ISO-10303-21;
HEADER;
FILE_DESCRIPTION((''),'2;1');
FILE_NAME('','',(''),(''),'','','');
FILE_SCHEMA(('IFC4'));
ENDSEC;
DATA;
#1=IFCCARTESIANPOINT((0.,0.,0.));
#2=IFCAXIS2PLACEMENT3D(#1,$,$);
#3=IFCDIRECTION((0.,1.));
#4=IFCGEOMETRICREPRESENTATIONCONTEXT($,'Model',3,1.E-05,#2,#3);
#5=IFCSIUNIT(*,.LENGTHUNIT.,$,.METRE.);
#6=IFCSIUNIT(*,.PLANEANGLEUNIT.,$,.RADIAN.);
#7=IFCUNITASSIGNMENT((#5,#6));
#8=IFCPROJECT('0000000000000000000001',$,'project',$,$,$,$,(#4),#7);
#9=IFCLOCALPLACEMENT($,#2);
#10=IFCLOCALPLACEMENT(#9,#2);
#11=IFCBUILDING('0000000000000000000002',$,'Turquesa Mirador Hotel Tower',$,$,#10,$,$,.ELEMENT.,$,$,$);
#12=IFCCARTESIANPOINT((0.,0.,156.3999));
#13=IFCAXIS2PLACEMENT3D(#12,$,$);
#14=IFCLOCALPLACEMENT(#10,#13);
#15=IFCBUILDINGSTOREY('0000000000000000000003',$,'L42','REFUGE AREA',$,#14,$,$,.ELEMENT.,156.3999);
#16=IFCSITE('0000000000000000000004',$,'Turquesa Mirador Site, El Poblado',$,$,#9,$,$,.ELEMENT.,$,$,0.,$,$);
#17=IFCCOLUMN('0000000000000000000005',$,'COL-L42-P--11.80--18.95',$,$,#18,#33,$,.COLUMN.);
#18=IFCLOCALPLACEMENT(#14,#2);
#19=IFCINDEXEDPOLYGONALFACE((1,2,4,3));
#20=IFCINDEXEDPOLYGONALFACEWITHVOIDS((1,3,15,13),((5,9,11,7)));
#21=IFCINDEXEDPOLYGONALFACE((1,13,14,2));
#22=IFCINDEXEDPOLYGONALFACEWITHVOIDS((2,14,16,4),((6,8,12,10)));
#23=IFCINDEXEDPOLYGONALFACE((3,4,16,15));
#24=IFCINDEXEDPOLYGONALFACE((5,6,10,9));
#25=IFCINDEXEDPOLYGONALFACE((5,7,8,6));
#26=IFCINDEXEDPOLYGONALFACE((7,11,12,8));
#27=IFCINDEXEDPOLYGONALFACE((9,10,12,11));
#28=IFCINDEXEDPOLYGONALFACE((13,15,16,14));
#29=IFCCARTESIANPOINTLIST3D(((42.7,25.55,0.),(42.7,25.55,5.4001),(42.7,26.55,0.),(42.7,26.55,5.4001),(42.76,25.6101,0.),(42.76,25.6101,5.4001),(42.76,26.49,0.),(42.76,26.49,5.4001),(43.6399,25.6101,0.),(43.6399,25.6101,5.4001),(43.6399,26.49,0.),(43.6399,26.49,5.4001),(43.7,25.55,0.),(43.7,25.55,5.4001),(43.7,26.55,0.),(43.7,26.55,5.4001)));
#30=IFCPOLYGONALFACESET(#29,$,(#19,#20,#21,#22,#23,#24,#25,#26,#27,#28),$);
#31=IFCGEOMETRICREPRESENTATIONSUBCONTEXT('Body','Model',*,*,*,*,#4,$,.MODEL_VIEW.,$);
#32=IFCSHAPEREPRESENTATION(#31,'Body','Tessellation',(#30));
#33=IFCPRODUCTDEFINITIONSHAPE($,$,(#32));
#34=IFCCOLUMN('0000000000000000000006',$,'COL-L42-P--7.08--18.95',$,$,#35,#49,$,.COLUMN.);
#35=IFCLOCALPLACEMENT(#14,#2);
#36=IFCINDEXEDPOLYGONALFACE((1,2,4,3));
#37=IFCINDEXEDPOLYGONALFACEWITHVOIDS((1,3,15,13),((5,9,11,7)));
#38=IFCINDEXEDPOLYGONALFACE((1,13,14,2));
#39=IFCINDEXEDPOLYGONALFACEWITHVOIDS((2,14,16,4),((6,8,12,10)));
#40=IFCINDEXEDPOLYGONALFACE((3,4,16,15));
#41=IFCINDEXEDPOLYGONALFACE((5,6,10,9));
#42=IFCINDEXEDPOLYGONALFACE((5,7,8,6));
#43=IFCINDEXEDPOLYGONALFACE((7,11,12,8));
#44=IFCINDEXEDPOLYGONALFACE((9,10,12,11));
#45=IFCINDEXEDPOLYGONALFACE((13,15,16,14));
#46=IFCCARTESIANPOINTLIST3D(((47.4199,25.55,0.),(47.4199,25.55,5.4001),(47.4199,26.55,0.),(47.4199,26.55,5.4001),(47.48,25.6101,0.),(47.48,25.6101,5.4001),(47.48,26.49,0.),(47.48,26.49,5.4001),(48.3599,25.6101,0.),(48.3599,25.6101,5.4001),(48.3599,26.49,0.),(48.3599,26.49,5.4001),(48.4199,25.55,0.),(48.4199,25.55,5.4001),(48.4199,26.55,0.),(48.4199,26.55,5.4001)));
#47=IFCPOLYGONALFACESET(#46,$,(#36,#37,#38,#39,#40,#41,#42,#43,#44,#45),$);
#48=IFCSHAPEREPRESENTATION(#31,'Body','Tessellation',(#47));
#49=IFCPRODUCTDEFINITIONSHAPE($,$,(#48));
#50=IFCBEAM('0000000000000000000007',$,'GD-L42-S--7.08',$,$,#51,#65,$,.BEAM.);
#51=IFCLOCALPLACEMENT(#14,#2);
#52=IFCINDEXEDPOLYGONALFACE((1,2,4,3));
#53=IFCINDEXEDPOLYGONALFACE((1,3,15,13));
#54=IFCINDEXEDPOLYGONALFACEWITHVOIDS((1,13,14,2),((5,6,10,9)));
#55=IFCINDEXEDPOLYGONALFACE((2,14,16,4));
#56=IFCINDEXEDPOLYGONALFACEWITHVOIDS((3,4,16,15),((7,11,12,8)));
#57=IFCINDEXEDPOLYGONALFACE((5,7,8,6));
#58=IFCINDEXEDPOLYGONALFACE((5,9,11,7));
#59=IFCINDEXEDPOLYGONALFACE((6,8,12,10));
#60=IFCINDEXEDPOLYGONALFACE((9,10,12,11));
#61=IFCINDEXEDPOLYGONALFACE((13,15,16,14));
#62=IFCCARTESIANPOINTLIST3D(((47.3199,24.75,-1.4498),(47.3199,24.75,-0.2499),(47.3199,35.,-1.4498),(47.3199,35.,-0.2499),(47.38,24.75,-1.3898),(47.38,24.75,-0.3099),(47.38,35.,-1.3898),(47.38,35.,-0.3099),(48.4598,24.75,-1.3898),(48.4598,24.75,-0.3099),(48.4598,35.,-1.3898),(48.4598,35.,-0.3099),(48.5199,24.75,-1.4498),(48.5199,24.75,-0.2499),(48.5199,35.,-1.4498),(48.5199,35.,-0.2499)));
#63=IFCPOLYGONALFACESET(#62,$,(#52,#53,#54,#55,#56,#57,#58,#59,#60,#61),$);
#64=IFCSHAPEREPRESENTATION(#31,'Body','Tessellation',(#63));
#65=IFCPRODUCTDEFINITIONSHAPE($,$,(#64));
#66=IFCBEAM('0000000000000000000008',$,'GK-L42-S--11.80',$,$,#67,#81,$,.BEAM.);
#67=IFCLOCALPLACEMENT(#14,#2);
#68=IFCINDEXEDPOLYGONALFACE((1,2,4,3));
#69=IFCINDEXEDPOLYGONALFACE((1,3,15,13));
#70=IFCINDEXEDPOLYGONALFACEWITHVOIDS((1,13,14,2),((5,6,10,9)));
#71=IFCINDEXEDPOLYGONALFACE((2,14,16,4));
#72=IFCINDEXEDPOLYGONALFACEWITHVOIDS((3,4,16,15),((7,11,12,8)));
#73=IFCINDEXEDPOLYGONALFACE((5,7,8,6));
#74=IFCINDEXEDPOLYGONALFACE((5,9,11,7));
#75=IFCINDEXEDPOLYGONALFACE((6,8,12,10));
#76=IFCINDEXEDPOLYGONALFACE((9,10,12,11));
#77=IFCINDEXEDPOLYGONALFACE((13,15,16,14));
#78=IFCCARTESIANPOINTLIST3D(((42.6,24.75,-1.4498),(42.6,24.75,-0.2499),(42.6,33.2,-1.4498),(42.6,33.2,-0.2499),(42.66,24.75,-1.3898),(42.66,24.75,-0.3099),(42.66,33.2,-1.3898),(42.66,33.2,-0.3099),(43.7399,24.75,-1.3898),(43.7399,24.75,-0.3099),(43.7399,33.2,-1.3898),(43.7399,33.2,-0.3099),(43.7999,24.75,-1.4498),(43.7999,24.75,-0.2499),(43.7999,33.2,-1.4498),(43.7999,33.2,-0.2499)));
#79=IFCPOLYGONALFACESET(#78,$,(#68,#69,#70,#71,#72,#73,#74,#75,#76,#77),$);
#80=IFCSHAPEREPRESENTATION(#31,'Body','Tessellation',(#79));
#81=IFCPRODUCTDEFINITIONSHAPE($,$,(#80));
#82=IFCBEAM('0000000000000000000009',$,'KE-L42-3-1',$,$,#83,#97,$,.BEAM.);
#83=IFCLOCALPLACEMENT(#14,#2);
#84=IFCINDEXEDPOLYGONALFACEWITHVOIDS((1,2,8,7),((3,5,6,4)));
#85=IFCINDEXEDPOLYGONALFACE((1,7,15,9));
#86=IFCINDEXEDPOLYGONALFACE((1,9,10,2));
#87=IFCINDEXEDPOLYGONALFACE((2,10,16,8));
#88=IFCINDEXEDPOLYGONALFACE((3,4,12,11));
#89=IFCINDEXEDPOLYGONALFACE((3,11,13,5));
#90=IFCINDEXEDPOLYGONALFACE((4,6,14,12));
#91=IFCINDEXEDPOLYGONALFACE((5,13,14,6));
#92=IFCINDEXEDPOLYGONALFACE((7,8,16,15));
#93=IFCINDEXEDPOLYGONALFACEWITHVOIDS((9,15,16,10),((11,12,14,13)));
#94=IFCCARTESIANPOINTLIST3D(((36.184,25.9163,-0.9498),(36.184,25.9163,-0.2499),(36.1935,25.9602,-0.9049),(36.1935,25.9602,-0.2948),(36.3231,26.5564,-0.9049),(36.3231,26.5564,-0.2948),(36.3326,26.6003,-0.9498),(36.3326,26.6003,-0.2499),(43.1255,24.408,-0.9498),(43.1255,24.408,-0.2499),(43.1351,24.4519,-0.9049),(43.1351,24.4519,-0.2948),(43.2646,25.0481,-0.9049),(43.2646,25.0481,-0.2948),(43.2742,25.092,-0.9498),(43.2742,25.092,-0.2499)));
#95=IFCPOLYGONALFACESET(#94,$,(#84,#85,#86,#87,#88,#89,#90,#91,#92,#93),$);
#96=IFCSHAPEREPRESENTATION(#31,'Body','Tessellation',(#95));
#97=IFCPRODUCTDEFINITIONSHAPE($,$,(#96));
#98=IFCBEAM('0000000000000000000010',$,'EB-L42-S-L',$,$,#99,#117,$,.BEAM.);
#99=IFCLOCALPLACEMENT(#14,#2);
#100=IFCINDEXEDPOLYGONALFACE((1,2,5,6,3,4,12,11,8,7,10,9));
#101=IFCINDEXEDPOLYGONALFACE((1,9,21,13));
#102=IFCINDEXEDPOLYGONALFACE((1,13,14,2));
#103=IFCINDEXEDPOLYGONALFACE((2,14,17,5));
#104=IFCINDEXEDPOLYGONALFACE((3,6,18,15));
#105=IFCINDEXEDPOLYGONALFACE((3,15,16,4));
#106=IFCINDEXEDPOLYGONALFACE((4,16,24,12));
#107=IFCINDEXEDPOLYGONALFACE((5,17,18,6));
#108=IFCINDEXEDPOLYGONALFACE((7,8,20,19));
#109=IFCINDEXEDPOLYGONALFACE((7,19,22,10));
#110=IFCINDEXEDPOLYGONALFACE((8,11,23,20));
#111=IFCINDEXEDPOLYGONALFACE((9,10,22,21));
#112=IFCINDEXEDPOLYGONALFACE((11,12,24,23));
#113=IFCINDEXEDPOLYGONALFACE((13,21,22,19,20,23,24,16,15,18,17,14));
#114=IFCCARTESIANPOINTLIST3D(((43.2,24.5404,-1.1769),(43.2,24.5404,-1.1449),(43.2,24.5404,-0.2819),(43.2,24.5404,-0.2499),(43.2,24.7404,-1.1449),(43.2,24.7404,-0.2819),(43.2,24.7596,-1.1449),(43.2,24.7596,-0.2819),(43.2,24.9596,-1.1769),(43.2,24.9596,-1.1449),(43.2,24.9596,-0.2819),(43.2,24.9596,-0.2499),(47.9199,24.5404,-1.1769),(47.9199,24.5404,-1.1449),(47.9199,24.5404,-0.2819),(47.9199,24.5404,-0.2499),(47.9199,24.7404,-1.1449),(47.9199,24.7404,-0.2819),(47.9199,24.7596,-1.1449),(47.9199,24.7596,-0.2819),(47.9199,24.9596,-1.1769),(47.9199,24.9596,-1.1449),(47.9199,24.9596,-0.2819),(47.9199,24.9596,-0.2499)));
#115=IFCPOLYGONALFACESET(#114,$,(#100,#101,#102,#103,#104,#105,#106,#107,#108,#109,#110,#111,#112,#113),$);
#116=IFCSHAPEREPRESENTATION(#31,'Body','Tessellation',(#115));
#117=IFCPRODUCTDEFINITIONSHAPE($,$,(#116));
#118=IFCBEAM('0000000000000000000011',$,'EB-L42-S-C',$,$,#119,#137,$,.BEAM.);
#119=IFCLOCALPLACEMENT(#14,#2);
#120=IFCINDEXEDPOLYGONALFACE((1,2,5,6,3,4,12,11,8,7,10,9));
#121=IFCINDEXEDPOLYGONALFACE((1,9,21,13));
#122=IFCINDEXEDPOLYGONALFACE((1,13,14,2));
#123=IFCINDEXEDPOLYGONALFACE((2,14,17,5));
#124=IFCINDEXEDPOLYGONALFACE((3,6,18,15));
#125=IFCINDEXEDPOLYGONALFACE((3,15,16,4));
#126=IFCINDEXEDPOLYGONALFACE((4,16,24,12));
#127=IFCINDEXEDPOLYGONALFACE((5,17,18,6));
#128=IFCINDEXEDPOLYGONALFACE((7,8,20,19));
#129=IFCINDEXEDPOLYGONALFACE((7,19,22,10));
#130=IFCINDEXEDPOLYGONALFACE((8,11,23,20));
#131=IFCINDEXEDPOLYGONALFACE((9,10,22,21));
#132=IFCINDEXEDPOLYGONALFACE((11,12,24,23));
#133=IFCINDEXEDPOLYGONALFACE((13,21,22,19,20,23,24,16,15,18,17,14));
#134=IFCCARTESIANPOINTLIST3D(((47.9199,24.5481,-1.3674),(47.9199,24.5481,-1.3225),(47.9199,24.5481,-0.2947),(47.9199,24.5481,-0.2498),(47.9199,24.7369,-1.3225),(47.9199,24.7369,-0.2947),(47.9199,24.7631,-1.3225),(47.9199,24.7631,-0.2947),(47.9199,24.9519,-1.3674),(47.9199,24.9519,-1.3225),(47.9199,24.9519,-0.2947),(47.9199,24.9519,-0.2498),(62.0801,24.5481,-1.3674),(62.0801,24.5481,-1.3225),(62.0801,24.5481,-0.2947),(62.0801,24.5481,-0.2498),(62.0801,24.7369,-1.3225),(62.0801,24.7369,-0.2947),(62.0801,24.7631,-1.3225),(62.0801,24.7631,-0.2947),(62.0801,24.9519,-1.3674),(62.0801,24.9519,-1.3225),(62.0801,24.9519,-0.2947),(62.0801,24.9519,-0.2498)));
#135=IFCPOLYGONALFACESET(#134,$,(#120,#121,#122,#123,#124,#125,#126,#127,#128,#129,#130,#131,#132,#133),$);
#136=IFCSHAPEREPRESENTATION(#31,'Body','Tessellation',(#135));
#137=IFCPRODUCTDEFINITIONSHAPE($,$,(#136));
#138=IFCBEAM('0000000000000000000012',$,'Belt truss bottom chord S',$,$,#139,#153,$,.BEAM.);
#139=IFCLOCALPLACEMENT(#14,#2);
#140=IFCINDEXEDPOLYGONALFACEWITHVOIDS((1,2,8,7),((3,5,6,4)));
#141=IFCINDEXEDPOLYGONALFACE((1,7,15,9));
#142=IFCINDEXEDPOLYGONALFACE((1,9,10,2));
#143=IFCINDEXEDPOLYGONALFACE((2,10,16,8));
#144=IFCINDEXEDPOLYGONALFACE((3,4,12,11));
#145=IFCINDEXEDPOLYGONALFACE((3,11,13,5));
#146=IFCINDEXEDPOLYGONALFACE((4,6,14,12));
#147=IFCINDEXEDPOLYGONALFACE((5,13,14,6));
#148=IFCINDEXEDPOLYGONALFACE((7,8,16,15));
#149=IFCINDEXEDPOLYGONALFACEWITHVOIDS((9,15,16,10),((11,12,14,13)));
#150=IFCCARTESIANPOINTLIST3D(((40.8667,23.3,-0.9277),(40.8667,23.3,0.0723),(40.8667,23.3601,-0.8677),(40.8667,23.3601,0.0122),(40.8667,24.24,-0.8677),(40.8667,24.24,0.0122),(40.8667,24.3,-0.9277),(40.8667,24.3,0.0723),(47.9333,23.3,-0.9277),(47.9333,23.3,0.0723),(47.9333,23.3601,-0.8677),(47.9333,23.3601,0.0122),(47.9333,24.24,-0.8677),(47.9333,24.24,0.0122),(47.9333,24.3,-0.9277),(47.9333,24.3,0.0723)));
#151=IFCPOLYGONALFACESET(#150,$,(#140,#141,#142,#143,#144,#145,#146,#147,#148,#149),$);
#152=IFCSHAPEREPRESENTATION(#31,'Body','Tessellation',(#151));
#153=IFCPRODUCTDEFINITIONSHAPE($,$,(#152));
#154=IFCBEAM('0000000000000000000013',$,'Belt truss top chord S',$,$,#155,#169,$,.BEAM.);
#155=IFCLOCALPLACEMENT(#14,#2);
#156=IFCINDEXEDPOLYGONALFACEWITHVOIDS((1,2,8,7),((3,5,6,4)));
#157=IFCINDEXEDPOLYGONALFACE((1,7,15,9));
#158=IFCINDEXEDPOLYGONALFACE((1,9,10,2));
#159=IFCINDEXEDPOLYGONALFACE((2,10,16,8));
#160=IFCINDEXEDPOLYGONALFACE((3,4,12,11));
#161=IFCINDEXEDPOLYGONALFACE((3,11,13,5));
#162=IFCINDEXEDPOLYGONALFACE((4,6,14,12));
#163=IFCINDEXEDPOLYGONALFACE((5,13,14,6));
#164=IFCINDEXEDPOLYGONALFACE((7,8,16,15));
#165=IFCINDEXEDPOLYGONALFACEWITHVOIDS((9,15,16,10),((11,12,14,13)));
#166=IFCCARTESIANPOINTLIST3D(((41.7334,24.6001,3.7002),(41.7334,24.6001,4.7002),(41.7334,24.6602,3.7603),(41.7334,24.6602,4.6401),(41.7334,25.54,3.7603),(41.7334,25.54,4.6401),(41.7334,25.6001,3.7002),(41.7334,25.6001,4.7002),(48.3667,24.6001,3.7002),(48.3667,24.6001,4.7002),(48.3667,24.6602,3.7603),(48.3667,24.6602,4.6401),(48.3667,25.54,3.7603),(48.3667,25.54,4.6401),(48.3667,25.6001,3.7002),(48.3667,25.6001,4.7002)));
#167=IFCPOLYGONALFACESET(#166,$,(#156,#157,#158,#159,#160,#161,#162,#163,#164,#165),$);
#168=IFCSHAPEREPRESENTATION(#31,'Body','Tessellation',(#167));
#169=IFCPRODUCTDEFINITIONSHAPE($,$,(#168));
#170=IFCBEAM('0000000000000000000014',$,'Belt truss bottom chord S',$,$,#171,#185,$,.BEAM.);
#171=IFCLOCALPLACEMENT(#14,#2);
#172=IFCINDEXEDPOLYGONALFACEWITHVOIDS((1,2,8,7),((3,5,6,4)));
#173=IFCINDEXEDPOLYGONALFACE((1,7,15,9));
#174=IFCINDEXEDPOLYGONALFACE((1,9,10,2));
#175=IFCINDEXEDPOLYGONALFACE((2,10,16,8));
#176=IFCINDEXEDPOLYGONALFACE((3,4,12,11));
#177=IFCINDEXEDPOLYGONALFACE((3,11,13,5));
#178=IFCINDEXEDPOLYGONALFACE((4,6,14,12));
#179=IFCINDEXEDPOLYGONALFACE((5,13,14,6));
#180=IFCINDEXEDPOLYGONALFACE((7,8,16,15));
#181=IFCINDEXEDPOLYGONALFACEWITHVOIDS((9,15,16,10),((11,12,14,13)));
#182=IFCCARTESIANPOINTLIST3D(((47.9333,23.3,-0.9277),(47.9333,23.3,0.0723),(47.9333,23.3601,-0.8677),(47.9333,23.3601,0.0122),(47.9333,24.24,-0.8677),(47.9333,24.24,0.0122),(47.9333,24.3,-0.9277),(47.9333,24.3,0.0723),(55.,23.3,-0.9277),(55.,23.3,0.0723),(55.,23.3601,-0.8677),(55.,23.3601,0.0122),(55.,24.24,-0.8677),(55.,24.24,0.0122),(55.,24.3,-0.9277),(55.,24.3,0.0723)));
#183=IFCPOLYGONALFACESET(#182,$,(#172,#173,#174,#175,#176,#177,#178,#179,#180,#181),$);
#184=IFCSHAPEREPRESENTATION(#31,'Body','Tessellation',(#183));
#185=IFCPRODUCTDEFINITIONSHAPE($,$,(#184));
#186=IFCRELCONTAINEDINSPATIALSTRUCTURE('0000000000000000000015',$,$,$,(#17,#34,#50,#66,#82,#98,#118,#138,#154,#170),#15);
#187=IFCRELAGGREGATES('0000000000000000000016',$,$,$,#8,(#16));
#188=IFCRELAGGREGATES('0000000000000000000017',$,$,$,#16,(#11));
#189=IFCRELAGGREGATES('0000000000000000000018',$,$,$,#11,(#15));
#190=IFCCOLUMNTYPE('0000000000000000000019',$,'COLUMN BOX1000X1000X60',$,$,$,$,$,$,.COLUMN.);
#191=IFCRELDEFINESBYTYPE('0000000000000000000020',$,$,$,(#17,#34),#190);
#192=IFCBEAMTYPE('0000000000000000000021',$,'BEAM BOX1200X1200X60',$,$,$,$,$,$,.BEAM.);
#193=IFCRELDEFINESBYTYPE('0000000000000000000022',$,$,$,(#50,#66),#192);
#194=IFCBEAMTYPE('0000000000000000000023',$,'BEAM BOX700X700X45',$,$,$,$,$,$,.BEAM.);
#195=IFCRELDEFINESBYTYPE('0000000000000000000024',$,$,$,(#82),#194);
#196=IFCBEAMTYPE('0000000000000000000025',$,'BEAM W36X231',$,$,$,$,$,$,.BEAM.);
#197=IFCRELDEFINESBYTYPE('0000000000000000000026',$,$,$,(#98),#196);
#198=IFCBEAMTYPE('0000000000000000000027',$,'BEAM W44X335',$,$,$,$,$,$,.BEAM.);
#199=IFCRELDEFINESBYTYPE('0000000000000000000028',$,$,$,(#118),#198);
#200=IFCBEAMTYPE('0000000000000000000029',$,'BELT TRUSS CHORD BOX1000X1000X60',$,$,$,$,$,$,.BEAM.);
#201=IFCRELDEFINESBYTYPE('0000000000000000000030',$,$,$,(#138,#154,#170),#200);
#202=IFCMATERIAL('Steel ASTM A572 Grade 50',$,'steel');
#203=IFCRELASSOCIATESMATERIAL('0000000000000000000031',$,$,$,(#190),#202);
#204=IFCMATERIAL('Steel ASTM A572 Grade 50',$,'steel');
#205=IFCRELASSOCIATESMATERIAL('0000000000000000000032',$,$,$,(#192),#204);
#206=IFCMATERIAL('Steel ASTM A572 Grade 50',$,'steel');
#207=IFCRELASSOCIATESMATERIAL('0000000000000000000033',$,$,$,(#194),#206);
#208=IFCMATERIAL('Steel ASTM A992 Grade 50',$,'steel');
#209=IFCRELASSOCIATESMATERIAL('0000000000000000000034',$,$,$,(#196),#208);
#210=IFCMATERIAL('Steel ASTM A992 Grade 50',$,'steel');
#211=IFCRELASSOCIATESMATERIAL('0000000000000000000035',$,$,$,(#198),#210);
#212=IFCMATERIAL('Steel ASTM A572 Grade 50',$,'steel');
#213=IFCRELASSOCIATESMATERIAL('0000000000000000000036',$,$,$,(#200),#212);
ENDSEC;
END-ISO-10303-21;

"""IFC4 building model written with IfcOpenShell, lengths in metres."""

from ifc_helpers import new_model, si_unit, direction, frame, origin, origin_2d, place, context, subcontext, project, spatial, hollow_rectangle, i_section, extrude, material, material_profile, profile_set, type_object, element, save


model = new_model("IFC4")

# Units and contexts
model_context = context("Model", 3, precision=1e-05, world=origin(), true_north=direction((0.0, 1.0)))
body_context = subcontext(model_context, "Body", "Model", "MODEL_VIEW")
ifc_project = project(units=[si_unit("LENGTHUNIT", "METRE"), si_unit("PLANEANGLEUNIT", "RADIAN")], contexts=[model_context])

# Site, building, storey
site_placement = place(None, origin())
site = spatial("IfcSite", under=ifc_project, at=site_placement, Name="Turquesa Mirador Site, El Poblado", CompositionType="ELEMENT", RefElevation=0.0)
building_placement = place(site_placement, origin())
building = spatial("IfcBuilding", under=site, at=building_placement, Name="Turquesa Mirador Hotel Tower", CompositionType="ELEMENT")
storey_placement = place(building_placement, frame((0.0, 0.0, 156.3999)))
storey = spatial("IfcBuildingStorey", under=building, at=storey_placement, Name="L42", Description="REFUGE AREA", CompositionType="ELEMENT", Elevation=156.3999)

# Columns
ifc_material_1 = material(Name="Steel ASTM A572 Grade 50", Category="steel")
ifc_material_profile_1 = material_profile(ifc_material_1, hollow_rectangle(XDim=1.0, YDim=1.0, WallThickness=0.0601, at=origin_2d()), Name="BOX1000X1000X60")
ifc_profile_set_1 = profile_set([ifc_material_profile_1], Name="Steel ASTM A572 Grade 50")
column_type = type_object("IfcColumnType", Name="COLUMN BOX1000X1000X60", PredefinedType="COLUMN", material=ifc_profile_set_1)
for number, where, z_axis, x_axis, name in (
    (1, (43.2, 26.05, 0.0), (0.0, 0.0, 1.0), (1.0, 0.0, 0.0), "COL-L42-P--11.80--18.95"),
    (2, (47.9199, 26.05, 0.0), (0.0, 0.0, 1.0), (1.0, 0.0, 0.0), "COL-L42-P--7.08--18.95"),
):
    element("IfcColumn", number, at=place(storey_placement, frame(where, z_axis=z_axis, x_axis=x_axis)), inside=storey, type_object=column_type, Name=name, PredefinedType="COLUMN", context=body_context, shape_type="SweptSolid", body=[
        extrude(hollow_rectangle(XDim=1.0, YDim=1.0, WallThickness=0.0601, at=origin_2d()), origin(), (0.0, 0.0, 1.0), 5.4001),
    ])

# Beams
ifc_material_2 = material(Name="Steel ASTM A572 Grade 50", Category="steel")
ifc_material_profile_2 = material_profile(ifc_material_2, hollow_rectangle(XDim=1.2, YDim=1.2, WallThickness=0.0601, at=origin_2d()), Name="BOX1200X1200X60")
ifc_profile_set_2 = profile_set([ifc_material_profile_2], Name="Steel ASTM A572 Grade 50")
beam_type_1 = type_object("IfcBeamType", Name="BEAM BOX1200X1200X60", PredefinedType="BEAM", material=ifc_profile_set_2)
beam_1_placement = place(storey_placement, frame((47.9199, 24.75, -0.8499), z_axis=(0.0, 1.0, 0.0), x_axis=(-1.0, 0.0, 0.0)))
element("IfcBeam", 3, at=beam_1_placement, inside=storey, type_object=beam_type_1, Name="GD-L42-S--7.08", PredefinedType="BEAM", context=body_context, shape_type="SweptSolid", body=[
    extrude(hollow_rectangle(XDim=1.2, YDim=1.2, WallThickness=0.0601, at=origin_2d()), origin(), (0.0, 0.0, 1.0), 10.25),
])
beam_2_placement = place(storey_placement, frame((43.2, 24.75, -0.8499), z_axis=(0.0, 1.0, 0.0), x_axis=(-1.0, 0.0, 0.0)))
element("IfcBeam", 4, at=beam_2_placement, inside=storey, type_object=beam_type_1, Name="GK-L42-S--11.80", PredefinedType="BEAM", context=body_context, shape_type="SweptSolid", body=[
    extrude(hollow_rectangle(XDim=1.2, YDim=1.2, WallThickness=0.0601, at=origin_2d()), origin(), (0.0, 0.0, 1.0), 8.45),
])
ifc_material_3 = material(Name="Steel ASTM A572 Grade 50", Category="steel")
ifc_material_profile_3 = material_profile(ifc_material_3, hollow_rectangle(XDim=0.7, YDim=0.7, WallThickness=0.0449, at=origin_2d()), Name="BOX700X700X45")
ifc_profile_set_3 = profile_set([ifc_material_profile_3], Name="Steel ASTM A572 Grade 50")
beam_type_2 = type_object("IfcBeamType", Name="BEAM BOX700X700X45", PredefinedType="BEAM", material=ifc_profile_set_3)
beam_3_placement = place(storey_placement, frame((36.2583, 26.2583, -0.5999), z_axis=(0.977198, -0.212328, 0.0), x_axis=(0.212328, 0.977198, 0.0)))
element("IfcBeam", 5, at=beam_3_placement, inside=storey, type_object=beam_type_2, Name="KE-L42-3-1", PredefinedType="BEAM", context=body_context, shape_type="SweptSolid", body=[
    extrude(hollow_rectangle(XDim=0.7, YDim=0.7, WallThickness=0.0449, at=origin_2d()), origin(), (0.0, 0.0, 1.0), 7.1035),
])
ifc_material_4 = material(Name="Steel ASTM A992 Grade 50", Category="steel")
ifc_material_profile_4 = material_profile(ifc_material_4, i_section(OverallWidth=0.4192, OverallDepth=0.927, WebThickness=0.0193, FlangeThickness=0.032, at=origin_2d()), Name="W36X231")
ifc_profile_set_4 = profile_set([ifc_material_profile_4], Name="Steel ASTM A992 Grade 50")
beam_type_3 = type_object("IfcBeamType", Name="BEAM W36X231", PredefinedType="BEAM", material=ifc_profile_set_4)
beam_4_placement = place(storey_placement, frame((43.2, 24.75, -0.7134), z_axis=(1.0, 0.0, 0.0), x_axis=(0.0, 1.0, 0.0)))
element("IfcBeam", 6, at=beam_4_placement, inside=storey, type_object=beam_type_3, Name="EB-L42-S-L", PredefinedType="BEAM", context=body_context, shape_type="SweptSolid", body=[
    extrude(i_section(OverallWidth=0.4192, OverallDepth=0.927, WebThickness=0.0193, FlangeThickness=0.032, at=origin_2d()), origin(), (0.0, 0.0, 1.0), 4.72),
])
ifc_material_5 = material(Name="Steel ASTM A992 Grade 50", Category="steel")
ifc_material_profile_5 = material_profile(ifc_material_5, i_section(OverallWidth=0.4038, OverallDepth=1.1177, WebThickness=0.0261, FlangeThickness=0.0449, at=origin_2d()), Name="W44X335")
ifc_profile_set_5 = profile_set([ifc_material_profile_5], Name="Steel ASTM A992 Grade 50")
beam_type_4 = type_object("IfcBeamType", Name="BEAM W44X335", PredefinedType="BEAM", material=ifc_profile_set_5)
beam_5_placement = place(storey_placement, frame((47.9199, 24.75, -0.8086), z_axis=(1.0, 0.0, 0.0), x_axis=(0.0, 1.0, 0.0)))
element("IfcBeam", 7, at=beam_5_placement, inside=storey, type_object=beam_type_4, Name="EB-L42-S-C", PredefinedType="BEAM", context=body_context, shape_type="SweptSolid", body=[
    extrude(i_section(OverallWidth=0.4038, OverallDepth=1.1177, WebThickness=0.0261, FlangeThickness=0.0449, at=origin_2d()), origin(), (0.0, 0.0, 1.0), 14.1602),
])
ifc_material_6 = material(Name="Steel ASTM A572 Grade 50", Category="steel")
ifc_material_profile_6 = material_profile(ifc_material_6, hollow_rectangle(XDim=1.0, YDim=1.0, WallThickness=0.0601, at=origin_2d()), Name="BOX1000X1000X60")
ifc_profile_set_6 = profile_set([ifc_material_profile_6], Name="Steel ASTM A572 Grade 50")
beam_type_5 = type_object("IfcBeamType", Name="BELT TRUSS CHORD BOX1000X1000X60", PredefinedType="BEAM", material=ifc_profile_set_6)
beam_6_placement = place(storey_placement, frame((40.8667, 23.8, -0.4277), z_axis=(1.0, 0.0, 0.0), x_axis=(0.0, 1.0, 0.0)))
element("IfcBeam", 8, at=beam_6_placement, inside=storey, type_object=beam_type_5, Name="Belt truss bottom chord S", PredefinedType="BEAM", context=body_context, shape_type="SweptSolid", body=[
    extrude(hollow_rectangle(XDim=1.0, YDim=1.0, WallThickness=0.0601, at=origin_2d()), origin(), (0.0, 0.0, 1.0), 7.0667),
])
beam_7_placement = place(storey_placement, frame((41.7334, 25.1001, 4.2002), z_axis=(1.0, 0.0, 0.0), x_axis=(0.0, 1.0, 0.0)))
element("IfcBeam", 9, at=beam_7_placement, inside=storey, type_object=beam_type_5, Name="Belt truss top chord S", PredefinedType="BEAM", context=body_context, shape_type="SweptSolid", body=[
    extrude(hollow_rectangle(XDim=1.0, YDim=1.0, WallThickness=0.0601, at=origin_2d()), origin(), (0.0, 0.0, 1.0), 6.6333),
])
beam_8_placement = place(storey_placement, frame((47.9333, 23.8, -0.4277), z_axis=(1.0, 0.0, 0.0), x_axis=(0.0, 1.0, 0.0)))
element("IfcBeam", 10, at=beam_8_placement, inside=storey, type_object=beam_type_5, Name="Belt truss bottom chord S", PredefinedType="BEAM", context=body_context, shape_type="SweptSolid", body=[
    extrude(hollow_rectangle(XDim=1.0, YDim=1.0, WallThickness=0.0601, at=origin_2d()), origin(), (0.0, 0.0, 1.0), 7.0667),
])

save(model, "model.ifc")
